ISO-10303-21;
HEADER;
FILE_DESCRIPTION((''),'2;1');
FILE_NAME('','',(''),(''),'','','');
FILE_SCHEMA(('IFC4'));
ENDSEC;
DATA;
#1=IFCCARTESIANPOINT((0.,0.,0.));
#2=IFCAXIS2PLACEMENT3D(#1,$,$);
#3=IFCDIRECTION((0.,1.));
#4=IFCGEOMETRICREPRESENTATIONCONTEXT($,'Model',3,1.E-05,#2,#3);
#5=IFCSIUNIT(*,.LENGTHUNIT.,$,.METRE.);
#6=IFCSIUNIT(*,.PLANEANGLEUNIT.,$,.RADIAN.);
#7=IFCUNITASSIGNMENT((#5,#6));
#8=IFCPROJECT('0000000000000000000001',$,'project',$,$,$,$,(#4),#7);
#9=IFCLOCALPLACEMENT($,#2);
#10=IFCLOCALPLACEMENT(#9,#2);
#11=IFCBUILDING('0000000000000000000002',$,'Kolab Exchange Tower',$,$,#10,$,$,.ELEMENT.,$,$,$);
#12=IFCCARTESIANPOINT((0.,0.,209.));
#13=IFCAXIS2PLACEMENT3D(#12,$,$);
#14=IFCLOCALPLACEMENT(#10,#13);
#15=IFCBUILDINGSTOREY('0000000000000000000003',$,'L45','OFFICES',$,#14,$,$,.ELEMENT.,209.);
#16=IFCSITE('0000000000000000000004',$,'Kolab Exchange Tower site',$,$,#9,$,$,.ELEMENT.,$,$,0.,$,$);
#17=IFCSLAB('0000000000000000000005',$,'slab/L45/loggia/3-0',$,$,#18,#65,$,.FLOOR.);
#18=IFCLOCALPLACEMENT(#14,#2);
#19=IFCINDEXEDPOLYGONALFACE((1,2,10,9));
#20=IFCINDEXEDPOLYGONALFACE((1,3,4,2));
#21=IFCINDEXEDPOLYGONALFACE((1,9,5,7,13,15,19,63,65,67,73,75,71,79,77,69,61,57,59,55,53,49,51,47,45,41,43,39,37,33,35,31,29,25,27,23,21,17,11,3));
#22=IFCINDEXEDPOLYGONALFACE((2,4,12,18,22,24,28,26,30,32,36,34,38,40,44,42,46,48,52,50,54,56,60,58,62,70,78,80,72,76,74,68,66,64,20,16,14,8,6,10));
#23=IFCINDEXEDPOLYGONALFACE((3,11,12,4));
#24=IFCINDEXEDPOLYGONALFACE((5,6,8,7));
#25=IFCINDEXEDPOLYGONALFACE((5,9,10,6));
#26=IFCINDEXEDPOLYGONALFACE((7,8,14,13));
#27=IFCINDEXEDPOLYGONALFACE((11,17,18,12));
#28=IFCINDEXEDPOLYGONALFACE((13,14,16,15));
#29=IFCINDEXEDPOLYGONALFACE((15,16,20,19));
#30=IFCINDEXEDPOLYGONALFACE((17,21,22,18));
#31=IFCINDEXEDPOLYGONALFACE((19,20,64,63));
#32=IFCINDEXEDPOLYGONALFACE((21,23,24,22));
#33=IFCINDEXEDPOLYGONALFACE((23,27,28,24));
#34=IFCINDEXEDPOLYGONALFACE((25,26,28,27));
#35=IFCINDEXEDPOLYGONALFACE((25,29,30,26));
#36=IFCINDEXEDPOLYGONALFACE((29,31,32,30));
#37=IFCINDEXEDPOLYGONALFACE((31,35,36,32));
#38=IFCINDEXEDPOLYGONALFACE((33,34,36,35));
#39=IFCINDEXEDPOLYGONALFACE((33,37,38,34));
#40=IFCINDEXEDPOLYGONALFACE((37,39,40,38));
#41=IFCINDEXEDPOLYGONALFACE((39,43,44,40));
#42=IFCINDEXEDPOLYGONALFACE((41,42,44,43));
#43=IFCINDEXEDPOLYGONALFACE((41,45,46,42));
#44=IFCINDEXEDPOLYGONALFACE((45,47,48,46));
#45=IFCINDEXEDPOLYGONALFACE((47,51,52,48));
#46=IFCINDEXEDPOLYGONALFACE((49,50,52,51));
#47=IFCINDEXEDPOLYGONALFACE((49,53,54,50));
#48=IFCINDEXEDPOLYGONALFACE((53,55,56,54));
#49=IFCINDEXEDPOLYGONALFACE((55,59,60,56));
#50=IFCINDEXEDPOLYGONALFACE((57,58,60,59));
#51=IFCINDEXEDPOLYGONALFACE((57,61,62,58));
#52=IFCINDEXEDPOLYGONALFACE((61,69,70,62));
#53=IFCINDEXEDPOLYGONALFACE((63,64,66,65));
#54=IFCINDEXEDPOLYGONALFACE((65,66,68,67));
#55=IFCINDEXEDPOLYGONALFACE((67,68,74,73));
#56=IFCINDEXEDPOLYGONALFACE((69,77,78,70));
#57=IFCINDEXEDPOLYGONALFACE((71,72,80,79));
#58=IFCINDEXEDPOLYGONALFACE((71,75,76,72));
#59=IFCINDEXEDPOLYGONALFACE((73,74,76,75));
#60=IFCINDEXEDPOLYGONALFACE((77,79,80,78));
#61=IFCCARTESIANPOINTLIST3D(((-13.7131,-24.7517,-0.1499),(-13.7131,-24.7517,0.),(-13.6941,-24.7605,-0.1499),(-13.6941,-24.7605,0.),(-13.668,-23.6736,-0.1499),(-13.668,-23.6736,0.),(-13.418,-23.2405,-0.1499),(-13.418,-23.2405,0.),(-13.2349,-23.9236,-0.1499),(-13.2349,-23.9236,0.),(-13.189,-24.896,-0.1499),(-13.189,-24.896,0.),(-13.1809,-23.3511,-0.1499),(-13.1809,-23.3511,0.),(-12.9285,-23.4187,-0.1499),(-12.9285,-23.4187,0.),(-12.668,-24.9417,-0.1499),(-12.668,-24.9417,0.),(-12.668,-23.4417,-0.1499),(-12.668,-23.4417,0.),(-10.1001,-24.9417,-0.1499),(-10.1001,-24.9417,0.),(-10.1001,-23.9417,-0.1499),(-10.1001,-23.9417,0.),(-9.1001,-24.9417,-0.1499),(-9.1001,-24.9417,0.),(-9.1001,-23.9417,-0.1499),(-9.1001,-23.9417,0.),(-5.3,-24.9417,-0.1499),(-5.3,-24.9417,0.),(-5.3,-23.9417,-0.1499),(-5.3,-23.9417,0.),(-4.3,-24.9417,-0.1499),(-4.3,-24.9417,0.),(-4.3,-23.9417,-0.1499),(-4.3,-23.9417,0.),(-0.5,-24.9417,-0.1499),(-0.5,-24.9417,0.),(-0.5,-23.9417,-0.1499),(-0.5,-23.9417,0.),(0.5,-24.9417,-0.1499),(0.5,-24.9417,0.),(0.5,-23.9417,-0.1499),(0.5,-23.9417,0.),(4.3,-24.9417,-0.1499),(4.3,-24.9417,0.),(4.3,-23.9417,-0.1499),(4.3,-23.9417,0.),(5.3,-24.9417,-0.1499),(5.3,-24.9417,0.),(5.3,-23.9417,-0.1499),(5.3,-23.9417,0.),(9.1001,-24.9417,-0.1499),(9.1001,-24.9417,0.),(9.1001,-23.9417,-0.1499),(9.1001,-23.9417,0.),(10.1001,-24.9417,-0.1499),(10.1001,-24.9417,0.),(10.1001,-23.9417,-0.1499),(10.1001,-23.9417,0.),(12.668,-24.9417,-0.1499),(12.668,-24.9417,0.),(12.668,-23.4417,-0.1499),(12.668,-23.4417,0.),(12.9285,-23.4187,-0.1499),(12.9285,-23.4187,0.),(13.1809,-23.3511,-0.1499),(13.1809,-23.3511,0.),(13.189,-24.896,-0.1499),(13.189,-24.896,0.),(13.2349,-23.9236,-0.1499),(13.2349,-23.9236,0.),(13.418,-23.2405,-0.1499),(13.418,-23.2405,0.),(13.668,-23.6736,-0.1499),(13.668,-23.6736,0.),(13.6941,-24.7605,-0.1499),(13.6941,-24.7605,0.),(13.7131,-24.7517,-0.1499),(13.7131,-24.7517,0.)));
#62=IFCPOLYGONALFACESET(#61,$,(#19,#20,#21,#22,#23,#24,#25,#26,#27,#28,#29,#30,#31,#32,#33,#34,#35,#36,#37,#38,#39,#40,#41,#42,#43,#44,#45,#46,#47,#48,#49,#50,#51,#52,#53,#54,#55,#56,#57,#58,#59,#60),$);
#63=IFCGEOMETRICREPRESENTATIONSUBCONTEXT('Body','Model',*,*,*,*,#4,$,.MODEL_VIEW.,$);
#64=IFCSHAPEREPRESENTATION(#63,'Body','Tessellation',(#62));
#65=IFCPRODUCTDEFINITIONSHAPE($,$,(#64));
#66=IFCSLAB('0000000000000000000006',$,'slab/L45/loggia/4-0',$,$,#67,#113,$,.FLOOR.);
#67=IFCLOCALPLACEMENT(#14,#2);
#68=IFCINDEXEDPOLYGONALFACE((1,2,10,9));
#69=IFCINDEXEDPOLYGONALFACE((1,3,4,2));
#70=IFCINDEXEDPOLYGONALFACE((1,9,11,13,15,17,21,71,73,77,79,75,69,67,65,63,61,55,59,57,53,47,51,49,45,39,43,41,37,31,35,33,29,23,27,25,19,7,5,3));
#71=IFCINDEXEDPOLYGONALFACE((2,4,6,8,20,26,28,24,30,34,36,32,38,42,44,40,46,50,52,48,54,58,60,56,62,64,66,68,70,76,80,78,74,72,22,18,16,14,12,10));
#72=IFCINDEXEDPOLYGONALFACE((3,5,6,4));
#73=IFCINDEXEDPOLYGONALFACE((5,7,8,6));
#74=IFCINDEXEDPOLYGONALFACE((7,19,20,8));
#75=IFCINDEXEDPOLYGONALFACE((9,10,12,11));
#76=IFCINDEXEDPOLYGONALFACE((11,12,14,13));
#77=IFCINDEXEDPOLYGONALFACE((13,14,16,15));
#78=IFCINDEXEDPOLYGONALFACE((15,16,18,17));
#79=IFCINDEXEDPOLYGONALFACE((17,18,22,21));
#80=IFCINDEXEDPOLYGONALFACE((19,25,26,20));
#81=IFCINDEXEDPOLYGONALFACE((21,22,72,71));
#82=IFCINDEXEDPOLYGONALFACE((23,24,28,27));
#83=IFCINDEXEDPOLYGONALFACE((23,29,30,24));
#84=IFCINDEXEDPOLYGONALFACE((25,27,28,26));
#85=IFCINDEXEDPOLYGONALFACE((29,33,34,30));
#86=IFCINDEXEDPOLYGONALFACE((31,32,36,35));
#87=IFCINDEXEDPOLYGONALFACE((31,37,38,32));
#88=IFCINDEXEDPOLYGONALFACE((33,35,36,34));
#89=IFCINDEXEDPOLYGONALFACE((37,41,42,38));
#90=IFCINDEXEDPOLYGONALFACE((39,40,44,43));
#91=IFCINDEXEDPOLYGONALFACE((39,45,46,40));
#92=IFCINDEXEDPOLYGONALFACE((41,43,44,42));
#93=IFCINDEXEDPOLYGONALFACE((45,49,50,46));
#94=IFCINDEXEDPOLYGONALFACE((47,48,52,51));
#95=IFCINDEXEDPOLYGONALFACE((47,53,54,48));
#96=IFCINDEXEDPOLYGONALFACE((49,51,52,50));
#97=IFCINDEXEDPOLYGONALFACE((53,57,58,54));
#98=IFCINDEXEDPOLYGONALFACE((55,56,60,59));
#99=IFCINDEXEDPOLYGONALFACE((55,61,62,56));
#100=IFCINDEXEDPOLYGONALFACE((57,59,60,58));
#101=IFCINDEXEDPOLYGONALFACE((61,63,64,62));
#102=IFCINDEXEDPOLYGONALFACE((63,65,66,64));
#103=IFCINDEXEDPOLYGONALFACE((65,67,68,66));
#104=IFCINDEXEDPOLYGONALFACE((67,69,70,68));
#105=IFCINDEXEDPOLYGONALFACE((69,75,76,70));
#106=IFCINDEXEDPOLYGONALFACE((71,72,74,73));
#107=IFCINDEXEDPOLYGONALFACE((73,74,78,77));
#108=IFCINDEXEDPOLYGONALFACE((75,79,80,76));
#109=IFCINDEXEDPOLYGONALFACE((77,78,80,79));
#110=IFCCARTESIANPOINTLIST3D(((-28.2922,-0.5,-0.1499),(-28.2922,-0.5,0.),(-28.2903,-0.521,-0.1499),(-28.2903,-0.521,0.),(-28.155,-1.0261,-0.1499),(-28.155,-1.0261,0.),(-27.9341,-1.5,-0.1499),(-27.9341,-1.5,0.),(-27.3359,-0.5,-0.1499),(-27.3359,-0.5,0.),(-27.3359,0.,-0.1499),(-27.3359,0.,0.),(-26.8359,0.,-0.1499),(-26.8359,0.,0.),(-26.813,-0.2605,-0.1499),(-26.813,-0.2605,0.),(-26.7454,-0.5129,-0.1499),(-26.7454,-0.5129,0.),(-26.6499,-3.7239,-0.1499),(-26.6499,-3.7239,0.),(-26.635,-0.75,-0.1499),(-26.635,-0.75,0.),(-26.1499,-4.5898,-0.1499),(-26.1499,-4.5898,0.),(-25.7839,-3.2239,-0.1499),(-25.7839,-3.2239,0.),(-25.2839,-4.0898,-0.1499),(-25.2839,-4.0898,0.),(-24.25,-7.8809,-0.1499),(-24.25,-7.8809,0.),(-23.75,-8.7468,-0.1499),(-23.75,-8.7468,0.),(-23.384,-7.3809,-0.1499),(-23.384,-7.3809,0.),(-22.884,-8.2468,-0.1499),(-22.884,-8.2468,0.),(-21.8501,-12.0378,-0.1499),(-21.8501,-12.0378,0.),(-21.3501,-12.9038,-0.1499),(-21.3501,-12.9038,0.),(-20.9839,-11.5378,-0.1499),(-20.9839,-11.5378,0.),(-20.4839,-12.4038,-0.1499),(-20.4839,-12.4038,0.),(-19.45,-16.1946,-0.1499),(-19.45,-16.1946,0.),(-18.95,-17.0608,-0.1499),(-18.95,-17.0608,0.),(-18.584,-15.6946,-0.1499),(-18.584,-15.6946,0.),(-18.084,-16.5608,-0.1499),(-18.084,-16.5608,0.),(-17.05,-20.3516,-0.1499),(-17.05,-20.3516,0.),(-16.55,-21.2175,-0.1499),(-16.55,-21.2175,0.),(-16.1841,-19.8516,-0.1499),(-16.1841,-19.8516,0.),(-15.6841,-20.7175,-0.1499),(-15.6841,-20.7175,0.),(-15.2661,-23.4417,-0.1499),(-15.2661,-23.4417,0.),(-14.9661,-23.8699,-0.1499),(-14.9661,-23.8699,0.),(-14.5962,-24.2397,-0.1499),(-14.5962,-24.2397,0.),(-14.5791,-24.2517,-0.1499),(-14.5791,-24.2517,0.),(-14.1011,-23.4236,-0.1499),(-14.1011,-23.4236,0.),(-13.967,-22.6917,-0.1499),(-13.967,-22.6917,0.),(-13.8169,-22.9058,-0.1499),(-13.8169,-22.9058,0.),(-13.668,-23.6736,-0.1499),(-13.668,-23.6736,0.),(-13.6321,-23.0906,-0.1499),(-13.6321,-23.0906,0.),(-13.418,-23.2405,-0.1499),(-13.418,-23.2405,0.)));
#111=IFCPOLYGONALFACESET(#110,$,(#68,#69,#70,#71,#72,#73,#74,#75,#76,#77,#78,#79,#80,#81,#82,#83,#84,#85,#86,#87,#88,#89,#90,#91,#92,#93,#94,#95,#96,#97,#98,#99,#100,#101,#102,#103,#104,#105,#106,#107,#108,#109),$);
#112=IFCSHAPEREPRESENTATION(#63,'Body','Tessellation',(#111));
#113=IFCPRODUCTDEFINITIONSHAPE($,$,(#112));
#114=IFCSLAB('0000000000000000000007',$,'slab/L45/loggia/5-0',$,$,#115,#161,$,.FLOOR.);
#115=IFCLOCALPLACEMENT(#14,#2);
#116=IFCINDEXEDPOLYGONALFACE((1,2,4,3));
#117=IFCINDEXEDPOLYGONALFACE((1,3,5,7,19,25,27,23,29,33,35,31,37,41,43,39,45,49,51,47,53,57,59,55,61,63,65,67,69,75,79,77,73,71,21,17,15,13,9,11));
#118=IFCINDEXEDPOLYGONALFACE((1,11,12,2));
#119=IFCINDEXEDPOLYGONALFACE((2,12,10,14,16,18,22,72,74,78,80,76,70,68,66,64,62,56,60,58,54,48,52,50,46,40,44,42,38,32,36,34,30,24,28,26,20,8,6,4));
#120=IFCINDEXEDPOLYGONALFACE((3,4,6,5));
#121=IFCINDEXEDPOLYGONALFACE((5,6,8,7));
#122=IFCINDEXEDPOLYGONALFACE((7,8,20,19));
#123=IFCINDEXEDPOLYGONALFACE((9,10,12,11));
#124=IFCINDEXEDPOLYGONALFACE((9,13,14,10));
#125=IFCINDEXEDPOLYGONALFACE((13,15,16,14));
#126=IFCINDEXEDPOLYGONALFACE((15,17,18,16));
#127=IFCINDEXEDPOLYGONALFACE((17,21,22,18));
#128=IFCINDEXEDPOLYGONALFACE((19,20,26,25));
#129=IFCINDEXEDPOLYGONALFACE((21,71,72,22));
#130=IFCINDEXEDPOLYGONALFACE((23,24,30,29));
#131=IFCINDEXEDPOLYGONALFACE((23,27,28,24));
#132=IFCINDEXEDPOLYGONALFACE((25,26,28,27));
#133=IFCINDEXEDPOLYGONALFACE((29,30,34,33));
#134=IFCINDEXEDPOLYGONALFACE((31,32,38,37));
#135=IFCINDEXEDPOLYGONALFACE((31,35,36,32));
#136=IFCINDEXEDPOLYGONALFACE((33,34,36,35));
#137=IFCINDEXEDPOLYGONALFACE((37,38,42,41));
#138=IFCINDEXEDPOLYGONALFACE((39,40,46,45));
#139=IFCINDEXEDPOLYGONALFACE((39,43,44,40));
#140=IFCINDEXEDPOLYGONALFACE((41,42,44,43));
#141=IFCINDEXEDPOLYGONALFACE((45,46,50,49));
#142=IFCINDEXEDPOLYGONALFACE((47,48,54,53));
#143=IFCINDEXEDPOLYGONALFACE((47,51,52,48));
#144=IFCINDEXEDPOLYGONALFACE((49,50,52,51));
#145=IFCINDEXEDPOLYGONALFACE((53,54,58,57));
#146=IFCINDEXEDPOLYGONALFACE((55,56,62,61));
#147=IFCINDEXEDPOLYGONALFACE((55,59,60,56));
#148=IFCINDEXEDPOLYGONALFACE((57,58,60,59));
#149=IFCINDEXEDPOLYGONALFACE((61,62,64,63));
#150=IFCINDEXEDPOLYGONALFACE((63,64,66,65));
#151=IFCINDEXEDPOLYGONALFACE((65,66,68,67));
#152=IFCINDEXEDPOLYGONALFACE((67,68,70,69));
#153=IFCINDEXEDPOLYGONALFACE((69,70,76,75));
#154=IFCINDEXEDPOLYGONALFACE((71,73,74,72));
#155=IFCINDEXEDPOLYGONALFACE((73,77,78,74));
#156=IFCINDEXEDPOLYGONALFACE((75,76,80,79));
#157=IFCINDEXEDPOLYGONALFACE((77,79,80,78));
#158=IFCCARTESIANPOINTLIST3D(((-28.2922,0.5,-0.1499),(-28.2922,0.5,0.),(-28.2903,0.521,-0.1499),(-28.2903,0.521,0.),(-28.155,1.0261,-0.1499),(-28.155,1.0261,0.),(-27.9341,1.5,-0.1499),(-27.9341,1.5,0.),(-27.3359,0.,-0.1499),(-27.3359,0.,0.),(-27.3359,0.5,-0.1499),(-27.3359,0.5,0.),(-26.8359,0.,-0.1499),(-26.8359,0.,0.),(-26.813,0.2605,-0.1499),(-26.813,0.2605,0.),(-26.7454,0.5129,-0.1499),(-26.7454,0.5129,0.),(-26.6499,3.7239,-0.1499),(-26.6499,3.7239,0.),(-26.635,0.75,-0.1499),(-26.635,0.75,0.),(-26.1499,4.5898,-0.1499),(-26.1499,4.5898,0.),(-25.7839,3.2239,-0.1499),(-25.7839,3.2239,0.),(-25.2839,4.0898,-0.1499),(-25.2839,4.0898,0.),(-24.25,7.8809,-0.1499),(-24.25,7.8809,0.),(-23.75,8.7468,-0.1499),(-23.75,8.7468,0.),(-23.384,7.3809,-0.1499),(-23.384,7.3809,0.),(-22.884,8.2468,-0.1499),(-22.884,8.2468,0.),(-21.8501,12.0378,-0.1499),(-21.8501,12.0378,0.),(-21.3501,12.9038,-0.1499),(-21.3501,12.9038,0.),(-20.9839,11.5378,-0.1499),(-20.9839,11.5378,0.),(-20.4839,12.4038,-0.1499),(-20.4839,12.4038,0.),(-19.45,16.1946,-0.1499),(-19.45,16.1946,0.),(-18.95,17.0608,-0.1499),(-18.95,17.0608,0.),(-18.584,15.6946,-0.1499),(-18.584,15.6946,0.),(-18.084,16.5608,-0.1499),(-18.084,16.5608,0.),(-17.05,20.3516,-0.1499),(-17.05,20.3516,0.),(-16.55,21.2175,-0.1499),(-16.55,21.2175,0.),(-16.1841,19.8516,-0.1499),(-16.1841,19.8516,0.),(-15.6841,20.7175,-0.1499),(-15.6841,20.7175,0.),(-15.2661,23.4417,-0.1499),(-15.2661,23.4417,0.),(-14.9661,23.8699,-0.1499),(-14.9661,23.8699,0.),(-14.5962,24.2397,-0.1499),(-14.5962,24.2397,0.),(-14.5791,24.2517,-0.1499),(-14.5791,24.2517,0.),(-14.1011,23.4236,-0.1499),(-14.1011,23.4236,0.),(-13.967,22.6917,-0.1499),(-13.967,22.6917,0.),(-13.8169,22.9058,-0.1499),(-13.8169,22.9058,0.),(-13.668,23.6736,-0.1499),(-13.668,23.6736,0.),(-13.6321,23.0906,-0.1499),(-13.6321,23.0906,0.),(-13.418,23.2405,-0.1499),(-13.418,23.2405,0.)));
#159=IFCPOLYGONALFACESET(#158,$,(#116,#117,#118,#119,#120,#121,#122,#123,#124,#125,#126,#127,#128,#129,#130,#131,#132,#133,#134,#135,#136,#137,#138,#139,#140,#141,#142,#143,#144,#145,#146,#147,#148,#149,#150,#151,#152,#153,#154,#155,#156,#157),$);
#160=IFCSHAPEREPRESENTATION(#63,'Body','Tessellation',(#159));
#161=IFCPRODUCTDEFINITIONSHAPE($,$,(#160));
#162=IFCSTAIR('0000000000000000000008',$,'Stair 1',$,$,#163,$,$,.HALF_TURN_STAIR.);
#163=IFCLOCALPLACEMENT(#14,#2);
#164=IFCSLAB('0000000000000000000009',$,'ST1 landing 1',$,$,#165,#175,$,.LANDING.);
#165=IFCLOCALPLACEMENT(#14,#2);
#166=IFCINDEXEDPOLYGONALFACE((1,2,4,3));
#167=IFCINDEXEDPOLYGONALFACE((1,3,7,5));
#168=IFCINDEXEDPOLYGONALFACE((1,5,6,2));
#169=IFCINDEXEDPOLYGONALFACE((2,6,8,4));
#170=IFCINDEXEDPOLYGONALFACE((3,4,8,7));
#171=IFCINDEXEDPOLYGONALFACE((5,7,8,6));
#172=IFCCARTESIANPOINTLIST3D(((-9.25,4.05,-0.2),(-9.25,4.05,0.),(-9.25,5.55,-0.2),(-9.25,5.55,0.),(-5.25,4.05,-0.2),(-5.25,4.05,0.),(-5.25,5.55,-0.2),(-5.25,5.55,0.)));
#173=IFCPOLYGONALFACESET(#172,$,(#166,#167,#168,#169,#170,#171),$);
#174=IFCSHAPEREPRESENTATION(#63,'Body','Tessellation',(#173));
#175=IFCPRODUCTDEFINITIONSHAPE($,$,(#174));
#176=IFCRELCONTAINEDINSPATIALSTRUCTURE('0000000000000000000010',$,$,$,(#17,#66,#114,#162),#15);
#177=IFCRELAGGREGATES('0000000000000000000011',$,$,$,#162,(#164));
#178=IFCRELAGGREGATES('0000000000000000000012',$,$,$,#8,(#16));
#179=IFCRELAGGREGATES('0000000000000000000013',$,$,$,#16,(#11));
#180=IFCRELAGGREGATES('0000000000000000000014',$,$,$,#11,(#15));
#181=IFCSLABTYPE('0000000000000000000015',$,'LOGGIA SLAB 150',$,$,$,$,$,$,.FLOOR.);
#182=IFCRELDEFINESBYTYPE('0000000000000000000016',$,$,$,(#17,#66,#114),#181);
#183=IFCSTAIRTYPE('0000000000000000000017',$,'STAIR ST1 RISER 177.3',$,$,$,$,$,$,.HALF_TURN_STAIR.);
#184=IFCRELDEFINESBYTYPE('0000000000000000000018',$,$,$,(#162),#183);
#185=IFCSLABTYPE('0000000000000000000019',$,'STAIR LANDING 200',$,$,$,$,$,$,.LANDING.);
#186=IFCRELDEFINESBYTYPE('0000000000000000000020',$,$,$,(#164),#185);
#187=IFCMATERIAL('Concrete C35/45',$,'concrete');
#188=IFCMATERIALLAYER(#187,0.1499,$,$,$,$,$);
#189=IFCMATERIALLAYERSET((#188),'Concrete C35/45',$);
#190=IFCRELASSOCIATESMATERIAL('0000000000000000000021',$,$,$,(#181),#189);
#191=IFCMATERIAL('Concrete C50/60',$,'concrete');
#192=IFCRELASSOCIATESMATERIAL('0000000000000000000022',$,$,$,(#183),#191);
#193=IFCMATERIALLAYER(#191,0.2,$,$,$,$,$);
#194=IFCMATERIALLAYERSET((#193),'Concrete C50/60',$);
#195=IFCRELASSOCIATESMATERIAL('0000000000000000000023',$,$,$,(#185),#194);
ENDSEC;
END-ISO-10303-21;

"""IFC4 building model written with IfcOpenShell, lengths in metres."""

from ifc_helpers import new_model, si_unit, direction, frame, origin, place, context, subcontext, project, spatial, polyline, outline, extrude, material, layer, layer_set, type_object, element, aggregate, save


model = new_model("IFC4")

# Units and contexts
model_context = context("Model", 3, precision=1e-05, world=origin(), true_north=direction((0.0, 1.0)))
body_context = subcontext(model_context, "Body", "Model", "MODEL_VIEW")
ifc_project = project(units=[si_unit("LENGTHUNIT", "METRE"), si_unit("PLANEANGLEUNIT", "RADIAN")], contexts=[model_context])

# Site, building, storey
site_placement = place(None, origin())
site = spatial("IfcSite", under=ifc_project, at=site_placement, Name="Kolab Exchange Tower site", CompositionType="ELEMENT", RefElevation=0.0)
building_placement = place(site_placement, origin())
building = spatial("IfcBuilding", under=site, at=building_placement, Name="Kolab Exchange Tower", CompositionType="ELEMENT")
storey_placement = place(building_placement, frame((0.0, 0.0, 209.0)))
storey = spatial("IfcBuildingStorey", under=building, at=storey_placement, Name="L45", Description="OFFICES", CompositionType="ELEMENT", Elevation=209.0)

# Slabs
ifc_material_1 = material(Name="Concrete C35/45", Category="concrete")
ifc_layer_1 = layer(ifc_material_1, 0.1499)
ifc_layer_set_1 = layer_set([ifc_layer_1], Name="Concrete C35/45")
slab_type_1 = type_object("IfcSlabType", Name="LOGGIA SLAB 150", PredefinedType="FLOOR", material=ifc_layer_set_1)
slab_1_placement = place(storey_placement, frame((0.0, 0.0, -0.1499)))
element("IfcSlab", 1, at=slab_1_placement, inside=storey, type_object=slab_type_1, Name="slab/L45/loggia/3-0", PredefinedType="FLOOR", context=body_context, shape_type="SweptSolid", body=[
    extrude(outline(polyline([(-13.418, -23.2405), (-13.668, -23.6736), (-13.2349, -23.9236), (-13.7131, -24.7517), (-13.6941, -24.7605), (-13.189, -24.896), (-12.668, -24.9417), (-10.1001, -24.9417), (-10.1001, -23.9417), (-9.1001, -23.9417), (-9.1001, -24.9417), (-5.3, -24.9417), (-5.3, -23.9417), (-4.3, -23.9417), (-4.3, -24.9417), (-0.5, -24.9417), (-0.5, -23.9417), (0.5, -23.9417), (0.5, -24.9417), (4.3, -24.9417), (4.3, -23.9417), (5.3, -23.9417), (5.3, -24.9417), (9.1001, -24.9417), (9.1001, -23.9417), (10.1001, -23.9417), (10.1001, -24.9417), (12.668, -24.9417), (13.189, -24.896), (13.6941, -24.7605), (13.7131, -24.7517), (13.2349, -23.9236), (13.668, -23.6736), (13.418, -23.2405), (13.1809, -23.3511), (12.9285, -23.4187), (12.668, -23.4417), (-12.668, -23.4417), (-12.9285, -23.4187), (-13.1809, -23.3511), (-13.418, -23.2405)])), origin(), (0.0, 0.0, 1.0), 0.1499),
])
slab_2_placement = place(storey_placement, frame((0.0, 0.0, -0.1499)))
element("IfcSlab", 2, at=slab_2_placement, inside=storey, type_object=slab_type_1, Name="slab/L45/loggia/4-0", PredefinedType="FLOOR", context=body_context, shape_type="SweptSolid", body=[
    extrude(outline(polyline([(-26.8359, 0.0), (-27.3359, 0.0), (-27.3359, -0.5), (-28.2922, -0.5), (-28.2903, -0.521), (-28.155, -1.0261), (-27.9341, -1.5), (-26.6499, -3.7239), (-25.7839, -3.2239), (-25.2839, -4.0898), (-26.1499, -4.5898), (-24.25, -7.8809), (-23.384, -7.3809), (-22.884, -8.2468), (-23.75, -8.7468), (-21.8501, -12.0378), (-20.9839, -11.5378), (-20.4839, -12.4038), (-21.3501, -12.9038), (-19.45, -16.1946), (-18.584, -15.6946), (-18.084, -16.5608), (-18.95, -17.0608), (-17.05, -20.3516), (-16.1841, -19.8516), (-15.6841, -20.7175), (-16.55, -21.2175), (-15.2661, -23.4417), (-14.9661, -23.8699), (-14.5962, -24.2397), (-14.5791, -24.2517), (-14.1011, -23.4236), (-13.668, -23.6736), (-13.418, -23.2405), (-13.6321, -23.0906), (-13.8169, -22.9058), (-13.967, -22.6917), (-26.635, -0.75), (-26.7454, -0.5129), (-26.813, -0.2605), (-26.8359, 0.0)])), origin(), (0.0, 0.0, 1.0), 0.1499),
])
slab_3_placement = place(storey_placement, frame((0.0, 0.0, -0.1499)))
element("IfcSlab", 3, at=slab_3_placement, inside=storey, type_object=slab_type_1, Name="slab/L45/loggia/5-0", PredefinedType="FLOOR", context=body_context, shape_type="SweptSolid", body=[
    extrude(outline(polyline([(-13.418, 23.2405), (-13.668, 23.6736), (-14.1011, 23.4236), (-14.5791, 24.2517), (-14.5962, 24.2397), (-14.9661, 23.8699), (-15.2661, 23.4417), (-16.55, 21.2175), (-15.6841, 20.7175), (-16.1841, 19.8516), (-17.05, 20.3516), (-18.95, 17.0608), (-18.084, 16.5608), (-18.584, 15.6946), (-19.45, 16.1946), (-21.3501, 12.9038), (-20.4839, 12.4038), (-20.9839, 11.5378), (-21.8501, 12.0378), (-23.75, 8.7468), (-22.884, 8.2468), (-23.384, 7.3809), (-24.25, 7.8809), (-26.1499, 4.5898), (-25.2839, 4.0898), (-25.7839, 3.2239), (-26.6499, 3.7239), (-27.9341, 1.5), (-28.155, 1.0261), (-28.2903, 0.521), (-28.2922, 0.5), (-27.3359, 0.5), (-27.3359, 0.0), (-26.8359, 0.0), (-26.813, 0.2605), (-26.7454, 0.5129), (-26.635, 0.75), (-13.967, 22.6917), (-13.8169, 22.9058), (-13.6321, 23.0906), (-13.418, 23.2405)])), origin(), (0.0, 0.0, 1.0), 0.1499),
])

# Stair, slab
ifc_material_2 = material(Name="Concrete C50/60", Category="concrete")
stair_type_1 = type_object("IfcStairType", Name="STAIR ST1 RISER 177.3", PredefinedType="HALF_TURN_STAIR", material=ifc_material_2)
stair_1_placement = place(storey_placement, origin())
stair_1 = element("IfcStair", 4, at=stair_1_placement, inside=storey, type_object=stair_type_1, Name="Stair 1", PredefinedType="HALF_TURN_STAIR")
ifc_layer_2 = layer(ifc_material_2, 0.2)
ifc_layer_set_2 = layer_set([ifc_layer_2], Name="Concrete C50/60")
slab_type_2 = type_object("IfcSlabType", Name="STAIR LANDING 200", PredefinedType="LANDING", material=ifc_layer_set_2)
slab_4_placement = place(storey_placement, frame((0.0, 0.0, -0.2)))
slab_4 = element("IfcSlab", 5, at=slab_4_placement, type_object=slab_type_2, Name="ST1 landing 1", PredefinedType="LANDING", context=body_context, shape_type="SweptSolid", body=[
    extrude(outline(polyline([(-9.25, 4.05), (-5.25, 4.05), (-5.25, 5.55), (-9.25, 5.55), (-9.25, 4.05)])), origin(), (0.0, 0.0, 1.0), 0.2),
])
aggregate(stair_1, [slab_4])

save(model, "model.ifc")
